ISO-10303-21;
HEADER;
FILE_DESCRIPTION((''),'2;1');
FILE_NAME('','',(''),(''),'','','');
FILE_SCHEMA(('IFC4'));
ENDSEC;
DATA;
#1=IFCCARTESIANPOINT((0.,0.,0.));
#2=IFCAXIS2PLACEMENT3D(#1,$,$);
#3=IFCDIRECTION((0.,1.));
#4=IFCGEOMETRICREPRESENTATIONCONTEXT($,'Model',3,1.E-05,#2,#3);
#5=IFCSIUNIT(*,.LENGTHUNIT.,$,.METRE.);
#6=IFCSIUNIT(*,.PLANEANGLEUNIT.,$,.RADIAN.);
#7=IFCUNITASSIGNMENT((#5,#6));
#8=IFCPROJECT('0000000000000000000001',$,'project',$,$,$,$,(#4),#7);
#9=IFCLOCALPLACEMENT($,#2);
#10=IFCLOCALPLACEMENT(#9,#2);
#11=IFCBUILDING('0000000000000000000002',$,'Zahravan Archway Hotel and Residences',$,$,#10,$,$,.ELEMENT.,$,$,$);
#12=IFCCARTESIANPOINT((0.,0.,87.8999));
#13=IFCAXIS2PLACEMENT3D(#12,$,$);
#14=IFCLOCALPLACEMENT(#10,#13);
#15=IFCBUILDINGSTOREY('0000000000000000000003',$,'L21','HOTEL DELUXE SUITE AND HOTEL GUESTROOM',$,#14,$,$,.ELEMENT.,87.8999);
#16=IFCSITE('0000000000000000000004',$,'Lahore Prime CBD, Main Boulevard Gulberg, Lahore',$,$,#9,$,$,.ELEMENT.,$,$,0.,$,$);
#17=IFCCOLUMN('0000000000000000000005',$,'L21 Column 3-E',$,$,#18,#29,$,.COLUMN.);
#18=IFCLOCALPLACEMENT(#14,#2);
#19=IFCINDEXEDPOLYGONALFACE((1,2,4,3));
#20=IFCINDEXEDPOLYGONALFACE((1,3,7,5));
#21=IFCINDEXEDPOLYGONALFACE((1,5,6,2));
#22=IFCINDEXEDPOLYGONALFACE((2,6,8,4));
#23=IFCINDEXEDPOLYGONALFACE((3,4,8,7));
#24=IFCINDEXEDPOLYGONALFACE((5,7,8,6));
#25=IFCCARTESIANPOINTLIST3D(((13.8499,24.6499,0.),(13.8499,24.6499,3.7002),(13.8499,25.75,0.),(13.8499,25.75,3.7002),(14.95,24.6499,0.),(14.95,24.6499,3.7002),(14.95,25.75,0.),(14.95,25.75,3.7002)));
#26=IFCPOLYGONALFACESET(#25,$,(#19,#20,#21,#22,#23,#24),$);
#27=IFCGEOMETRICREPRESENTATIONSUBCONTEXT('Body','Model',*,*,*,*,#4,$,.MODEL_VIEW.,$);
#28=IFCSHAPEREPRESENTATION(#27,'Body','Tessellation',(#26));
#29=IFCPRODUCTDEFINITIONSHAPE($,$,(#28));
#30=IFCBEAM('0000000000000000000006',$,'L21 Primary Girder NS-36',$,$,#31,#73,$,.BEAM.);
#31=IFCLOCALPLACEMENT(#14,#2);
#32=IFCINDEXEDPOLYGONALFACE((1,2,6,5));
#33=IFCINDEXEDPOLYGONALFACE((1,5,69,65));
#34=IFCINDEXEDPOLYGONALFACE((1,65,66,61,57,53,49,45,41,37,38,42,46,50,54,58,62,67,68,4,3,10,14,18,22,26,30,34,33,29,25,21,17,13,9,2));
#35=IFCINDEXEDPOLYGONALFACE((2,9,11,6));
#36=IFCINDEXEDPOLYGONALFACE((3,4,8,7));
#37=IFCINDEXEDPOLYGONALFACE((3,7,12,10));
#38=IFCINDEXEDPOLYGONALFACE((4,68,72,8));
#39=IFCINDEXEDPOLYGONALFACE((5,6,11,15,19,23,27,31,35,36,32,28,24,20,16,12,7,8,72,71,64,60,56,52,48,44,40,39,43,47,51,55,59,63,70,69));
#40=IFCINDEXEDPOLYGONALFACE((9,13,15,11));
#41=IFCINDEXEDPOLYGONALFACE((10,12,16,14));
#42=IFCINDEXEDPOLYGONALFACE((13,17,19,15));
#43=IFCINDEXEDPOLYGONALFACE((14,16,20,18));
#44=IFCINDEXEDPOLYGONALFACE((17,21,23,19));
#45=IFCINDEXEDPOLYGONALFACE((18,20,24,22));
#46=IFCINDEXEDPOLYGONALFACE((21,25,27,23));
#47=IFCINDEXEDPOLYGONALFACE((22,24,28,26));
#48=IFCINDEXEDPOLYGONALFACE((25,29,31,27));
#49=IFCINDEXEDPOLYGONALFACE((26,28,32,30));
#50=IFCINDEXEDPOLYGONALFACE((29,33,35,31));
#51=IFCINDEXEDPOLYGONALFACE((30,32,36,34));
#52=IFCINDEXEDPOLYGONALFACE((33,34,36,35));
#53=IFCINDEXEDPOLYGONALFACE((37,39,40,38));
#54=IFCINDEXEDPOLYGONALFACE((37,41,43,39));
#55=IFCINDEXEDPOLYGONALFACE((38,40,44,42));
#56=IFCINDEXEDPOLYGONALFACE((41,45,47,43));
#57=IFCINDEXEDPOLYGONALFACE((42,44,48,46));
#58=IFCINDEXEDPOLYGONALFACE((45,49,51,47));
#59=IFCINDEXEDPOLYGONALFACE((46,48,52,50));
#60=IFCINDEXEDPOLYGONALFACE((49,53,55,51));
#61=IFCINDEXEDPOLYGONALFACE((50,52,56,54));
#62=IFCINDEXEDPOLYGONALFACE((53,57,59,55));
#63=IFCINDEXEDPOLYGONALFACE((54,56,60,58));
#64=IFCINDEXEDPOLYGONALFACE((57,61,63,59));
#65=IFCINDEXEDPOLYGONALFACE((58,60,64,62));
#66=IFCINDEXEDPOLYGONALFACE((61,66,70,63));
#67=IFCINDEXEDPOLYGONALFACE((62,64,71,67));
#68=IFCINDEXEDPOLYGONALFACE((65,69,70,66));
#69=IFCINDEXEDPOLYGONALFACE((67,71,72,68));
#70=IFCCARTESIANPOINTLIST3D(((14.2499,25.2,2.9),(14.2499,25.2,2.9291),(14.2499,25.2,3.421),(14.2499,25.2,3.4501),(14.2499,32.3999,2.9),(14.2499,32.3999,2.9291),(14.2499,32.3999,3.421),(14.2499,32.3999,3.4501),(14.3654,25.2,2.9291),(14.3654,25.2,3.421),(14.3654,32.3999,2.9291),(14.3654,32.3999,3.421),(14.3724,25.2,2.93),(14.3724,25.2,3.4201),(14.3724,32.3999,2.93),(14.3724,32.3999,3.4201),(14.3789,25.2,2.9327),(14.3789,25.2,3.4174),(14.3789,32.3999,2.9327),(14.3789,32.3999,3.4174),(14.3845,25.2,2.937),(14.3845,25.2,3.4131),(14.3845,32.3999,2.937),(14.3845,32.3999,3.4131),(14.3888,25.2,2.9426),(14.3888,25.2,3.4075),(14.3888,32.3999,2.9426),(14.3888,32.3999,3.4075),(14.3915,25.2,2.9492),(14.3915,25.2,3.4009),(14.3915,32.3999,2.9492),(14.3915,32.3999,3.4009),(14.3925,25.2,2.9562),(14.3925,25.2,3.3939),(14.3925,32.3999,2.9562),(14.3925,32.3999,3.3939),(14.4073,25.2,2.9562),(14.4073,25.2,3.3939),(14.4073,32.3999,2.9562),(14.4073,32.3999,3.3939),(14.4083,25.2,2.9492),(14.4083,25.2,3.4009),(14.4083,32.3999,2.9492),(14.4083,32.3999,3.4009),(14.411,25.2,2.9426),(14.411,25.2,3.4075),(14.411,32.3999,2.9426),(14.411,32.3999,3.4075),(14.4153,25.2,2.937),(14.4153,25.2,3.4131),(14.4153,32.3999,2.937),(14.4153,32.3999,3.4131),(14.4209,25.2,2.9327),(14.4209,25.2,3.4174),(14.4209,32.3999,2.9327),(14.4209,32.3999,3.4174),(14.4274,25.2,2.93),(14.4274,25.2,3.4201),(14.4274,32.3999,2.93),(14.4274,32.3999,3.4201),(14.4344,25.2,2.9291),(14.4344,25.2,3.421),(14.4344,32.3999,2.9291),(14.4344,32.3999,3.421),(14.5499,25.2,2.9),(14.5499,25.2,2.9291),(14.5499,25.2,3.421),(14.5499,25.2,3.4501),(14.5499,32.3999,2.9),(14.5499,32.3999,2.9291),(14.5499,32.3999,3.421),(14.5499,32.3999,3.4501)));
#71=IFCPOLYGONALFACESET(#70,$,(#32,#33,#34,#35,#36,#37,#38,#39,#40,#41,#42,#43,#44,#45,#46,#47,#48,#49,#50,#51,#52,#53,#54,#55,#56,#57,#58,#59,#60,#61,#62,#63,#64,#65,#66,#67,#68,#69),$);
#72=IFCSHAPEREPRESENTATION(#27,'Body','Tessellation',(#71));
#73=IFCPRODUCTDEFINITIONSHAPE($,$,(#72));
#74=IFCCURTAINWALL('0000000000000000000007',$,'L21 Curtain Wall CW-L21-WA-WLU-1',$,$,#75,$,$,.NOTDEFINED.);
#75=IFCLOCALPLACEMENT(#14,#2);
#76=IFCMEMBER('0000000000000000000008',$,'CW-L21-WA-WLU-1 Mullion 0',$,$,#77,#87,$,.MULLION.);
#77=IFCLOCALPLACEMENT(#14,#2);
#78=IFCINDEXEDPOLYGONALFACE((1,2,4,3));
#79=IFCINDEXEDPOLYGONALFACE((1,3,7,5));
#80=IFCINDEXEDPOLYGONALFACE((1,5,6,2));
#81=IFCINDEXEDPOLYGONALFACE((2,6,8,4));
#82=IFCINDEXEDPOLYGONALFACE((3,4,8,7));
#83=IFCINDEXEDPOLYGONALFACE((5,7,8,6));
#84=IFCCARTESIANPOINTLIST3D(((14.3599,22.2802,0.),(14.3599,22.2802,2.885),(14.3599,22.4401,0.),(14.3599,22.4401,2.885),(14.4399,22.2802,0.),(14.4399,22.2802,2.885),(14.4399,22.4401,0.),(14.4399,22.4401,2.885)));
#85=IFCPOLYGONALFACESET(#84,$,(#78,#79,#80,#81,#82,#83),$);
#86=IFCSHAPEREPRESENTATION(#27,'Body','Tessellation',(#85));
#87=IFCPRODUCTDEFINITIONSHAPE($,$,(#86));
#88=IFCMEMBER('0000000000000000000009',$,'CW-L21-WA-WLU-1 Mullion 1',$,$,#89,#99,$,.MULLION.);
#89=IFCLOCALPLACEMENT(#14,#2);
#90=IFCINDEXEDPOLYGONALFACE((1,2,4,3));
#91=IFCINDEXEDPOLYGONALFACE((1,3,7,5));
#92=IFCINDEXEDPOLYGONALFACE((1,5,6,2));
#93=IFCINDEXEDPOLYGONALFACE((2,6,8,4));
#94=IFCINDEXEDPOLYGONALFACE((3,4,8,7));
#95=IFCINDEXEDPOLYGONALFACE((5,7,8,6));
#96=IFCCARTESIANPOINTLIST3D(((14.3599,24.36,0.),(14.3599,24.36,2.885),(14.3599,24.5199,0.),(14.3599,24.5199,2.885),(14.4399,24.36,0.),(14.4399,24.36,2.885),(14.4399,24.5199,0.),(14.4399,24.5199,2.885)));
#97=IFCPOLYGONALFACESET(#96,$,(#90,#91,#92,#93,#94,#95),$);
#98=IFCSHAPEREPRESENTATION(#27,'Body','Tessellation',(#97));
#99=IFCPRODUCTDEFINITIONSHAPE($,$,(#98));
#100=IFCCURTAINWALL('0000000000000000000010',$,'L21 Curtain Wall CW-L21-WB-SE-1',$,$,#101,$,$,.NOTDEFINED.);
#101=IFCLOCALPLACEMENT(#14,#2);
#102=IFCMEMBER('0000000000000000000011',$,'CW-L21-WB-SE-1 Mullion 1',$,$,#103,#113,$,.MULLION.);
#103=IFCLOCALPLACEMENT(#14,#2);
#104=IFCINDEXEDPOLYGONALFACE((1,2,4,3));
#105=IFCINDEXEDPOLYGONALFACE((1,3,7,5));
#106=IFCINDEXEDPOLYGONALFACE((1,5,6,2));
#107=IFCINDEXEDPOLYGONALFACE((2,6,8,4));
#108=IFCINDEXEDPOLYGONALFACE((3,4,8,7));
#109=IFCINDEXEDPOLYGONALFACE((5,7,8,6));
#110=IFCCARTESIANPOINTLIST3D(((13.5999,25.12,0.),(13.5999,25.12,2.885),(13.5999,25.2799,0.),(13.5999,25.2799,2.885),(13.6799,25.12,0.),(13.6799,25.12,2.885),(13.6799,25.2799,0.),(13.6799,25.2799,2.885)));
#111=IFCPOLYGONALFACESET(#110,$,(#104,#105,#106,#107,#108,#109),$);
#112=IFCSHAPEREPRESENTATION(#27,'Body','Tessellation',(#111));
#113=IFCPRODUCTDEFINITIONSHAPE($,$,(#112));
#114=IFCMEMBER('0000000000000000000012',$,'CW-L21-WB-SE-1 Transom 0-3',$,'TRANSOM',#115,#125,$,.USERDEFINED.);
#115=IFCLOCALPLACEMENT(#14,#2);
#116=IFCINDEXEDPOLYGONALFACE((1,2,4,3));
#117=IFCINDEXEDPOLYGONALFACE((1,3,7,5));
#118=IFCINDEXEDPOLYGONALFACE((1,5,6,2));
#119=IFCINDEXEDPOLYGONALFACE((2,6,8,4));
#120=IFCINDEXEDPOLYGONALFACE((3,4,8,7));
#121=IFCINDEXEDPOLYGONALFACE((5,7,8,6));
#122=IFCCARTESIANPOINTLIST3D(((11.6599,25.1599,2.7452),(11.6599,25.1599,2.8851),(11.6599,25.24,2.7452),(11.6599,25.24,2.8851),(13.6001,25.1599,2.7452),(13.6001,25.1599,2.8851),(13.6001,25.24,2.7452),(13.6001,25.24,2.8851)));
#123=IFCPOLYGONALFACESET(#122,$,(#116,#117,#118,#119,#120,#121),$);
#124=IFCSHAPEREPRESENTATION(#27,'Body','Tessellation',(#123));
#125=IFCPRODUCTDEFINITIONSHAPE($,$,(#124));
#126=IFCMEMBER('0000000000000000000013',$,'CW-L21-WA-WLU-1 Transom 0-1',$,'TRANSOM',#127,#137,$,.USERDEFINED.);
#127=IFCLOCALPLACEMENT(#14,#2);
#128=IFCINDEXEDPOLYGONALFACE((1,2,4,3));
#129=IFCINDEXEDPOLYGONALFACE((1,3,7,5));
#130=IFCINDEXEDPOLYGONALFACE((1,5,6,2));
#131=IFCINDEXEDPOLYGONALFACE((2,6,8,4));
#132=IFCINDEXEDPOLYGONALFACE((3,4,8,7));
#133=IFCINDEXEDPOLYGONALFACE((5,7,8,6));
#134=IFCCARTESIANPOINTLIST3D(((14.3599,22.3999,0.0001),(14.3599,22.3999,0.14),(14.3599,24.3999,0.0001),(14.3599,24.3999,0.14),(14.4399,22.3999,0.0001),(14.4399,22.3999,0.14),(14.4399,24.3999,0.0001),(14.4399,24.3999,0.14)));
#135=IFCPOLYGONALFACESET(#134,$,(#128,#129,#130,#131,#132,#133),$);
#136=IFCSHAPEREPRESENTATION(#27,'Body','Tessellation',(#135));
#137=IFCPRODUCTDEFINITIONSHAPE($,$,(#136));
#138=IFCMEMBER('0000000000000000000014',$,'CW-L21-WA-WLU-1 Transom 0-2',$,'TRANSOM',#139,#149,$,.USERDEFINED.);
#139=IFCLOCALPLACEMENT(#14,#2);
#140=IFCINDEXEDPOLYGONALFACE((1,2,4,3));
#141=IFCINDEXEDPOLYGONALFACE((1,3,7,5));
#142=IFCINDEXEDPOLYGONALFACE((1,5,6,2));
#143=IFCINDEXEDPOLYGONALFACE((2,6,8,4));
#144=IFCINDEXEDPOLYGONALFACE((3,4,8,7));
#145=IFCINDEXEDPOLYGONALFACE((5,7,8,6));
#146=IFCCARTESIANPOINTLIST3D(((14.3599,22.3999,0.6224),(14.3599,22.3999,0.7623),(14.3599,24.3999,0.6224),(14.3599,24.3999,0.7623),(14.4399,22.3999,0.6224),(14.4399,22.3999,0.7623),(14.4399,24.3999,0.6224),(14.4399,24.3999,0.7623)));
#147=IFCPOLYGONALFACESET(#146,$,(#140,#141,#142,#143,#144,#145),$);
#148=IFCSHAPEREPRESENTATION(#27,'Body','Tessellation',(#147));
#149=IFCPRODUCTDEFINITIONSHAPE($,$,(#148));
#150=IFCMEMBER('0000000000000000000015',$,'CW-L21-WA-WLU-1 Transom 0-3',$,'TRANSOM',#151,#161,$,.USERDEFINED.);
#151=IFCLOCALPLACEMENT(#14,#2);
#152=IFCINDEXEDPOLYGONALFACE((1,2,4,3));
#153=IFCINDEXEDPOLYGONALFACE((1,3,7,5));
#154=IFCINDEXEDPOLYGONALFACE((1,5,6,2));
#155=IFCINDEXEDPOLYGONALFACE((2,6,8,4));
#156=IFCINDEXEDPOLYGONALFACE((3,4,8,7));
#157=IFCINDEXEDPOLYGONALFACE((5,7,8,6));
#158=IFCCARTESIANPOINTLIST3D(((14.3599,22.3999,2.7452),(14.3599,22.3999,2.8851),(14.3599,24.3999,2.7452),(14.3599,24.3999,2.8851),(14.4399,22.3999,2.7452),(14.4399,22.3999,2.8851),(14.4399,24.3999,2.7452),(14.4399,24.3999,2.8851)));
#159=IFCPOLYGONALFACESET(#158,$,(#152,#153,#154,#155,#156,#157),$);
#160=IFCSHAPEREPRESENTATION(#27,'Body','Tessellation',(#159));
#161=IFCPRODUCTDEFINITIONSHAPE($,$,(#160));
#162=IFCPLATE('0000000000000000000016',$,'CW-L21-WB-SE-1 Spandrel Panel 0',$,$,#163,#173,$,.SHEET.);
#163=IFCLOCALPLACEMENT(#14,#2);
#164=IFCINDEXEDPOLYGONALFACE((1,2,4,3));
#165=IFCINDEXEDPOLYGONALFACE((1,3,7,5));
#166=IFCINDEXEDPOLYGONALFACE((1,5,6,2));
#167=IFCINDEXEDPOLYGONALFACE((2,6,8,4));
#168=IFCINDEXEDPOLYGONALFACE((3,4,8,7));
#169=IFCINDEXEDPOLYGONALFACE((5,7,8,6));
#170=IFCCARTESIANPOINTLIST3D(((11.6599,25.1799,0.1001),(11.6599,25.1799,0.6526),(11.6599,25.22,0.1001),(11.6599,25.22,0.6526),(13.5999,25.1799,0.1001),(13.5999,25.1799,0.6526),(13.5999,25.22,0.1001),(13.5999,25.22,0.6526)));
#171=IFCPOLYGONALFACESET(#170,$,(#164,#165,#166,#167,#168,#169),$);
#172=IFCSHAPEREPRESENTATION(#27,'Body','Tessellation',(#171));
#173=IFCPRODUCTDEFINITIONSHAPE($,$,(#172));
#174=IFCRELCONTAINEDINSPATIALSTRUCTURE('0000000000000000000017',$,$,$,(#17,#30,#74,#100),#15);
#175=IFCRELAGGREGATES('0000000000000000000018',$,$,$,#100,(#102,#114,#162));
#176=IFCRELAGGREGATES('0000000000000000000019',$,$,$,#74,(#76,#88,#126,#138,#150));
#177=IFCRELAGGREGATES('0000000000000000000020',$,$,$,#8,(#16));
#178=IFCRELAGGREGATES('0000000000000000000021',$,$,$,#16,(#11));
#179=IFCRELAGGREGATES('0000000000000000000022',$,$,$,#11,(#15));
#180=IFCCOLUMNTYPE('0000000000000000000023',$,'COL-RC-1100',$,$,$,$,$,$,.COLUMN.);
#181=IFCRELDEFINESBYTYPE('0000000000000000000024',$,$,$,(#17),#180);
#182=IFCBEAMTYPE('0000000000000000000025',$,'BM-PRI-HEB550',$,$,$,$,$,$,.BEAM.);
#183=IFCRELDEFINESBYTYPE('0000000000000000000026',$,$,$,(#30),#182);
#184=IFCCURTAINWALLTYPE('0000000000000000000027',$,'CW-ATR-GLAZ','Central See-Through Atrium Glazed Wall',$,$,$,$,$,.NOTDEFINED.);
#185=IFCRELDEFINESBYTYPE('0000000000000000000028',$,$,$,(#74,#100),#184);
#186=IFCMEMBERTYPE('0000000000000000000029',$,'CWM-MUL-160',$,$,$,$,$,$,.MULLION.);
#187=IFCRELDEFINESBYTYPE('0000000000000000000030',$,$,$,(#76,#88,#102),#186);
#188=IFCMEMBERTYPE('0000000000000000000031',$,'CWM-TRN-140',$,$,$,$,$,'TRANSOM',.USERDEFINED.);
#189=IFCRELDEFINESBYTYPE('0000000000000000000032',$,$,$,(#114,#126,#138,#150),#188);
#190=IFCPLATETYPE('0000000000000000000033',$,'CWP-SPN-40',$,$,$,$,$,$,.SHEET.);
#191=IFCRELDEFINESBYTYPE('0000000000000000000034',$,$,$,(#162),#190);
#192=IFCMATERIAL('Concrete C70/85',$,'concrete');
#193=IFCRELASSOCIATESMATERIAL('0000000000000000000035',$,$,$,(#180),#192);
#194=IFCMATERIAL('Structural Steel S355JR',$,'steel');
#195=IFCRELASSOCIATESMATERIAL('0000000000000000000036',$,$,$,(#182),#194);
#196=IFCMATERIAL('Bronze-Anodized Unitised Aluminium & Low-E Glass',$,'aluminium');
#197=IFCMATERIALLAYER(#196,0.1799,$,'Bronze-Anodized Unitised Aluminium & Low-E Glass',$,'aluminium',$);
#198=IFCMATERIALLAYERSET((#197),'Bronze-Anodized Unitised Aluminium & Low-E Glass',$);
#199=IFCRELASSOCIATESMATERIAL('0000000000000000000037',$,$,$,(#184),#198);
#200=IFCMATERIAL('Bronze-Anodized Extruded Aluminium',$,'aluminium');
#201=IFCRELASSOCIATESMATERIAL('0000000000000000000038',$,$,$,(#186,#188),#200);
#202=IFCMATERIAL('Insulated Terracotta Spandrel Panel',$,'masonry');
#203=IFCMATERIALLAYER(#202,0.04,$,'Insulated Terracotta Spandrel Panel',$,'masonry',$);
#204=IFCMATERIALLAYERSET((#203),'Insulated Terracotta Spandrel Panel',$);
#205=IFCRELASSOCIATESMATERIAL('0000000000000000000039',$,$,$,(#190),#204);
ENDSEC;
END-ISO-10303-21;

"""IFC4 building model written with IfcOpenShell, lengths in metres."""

from ifc_helpers import new_model, si_unit, direction, frame, origin, origin_2d, place, context, subcontext, project, spatial, rectangle, i_section, extrude, source, transform, mapped, material, layer, layer_set, material_profile, profile_set, type_object, element, aggregate, save


model = new_model("IFC4")

# Units and contexts
model_context = context("Model", 3, precision=1e-05, world=origin(), true_north=direction((0.0, 1.0)))
body_context = subcontext(model_context, "Body", "Model", "MODEL_VIEW")
ifc_project = project(units=[si_unit("LENGTHUNIT", "METRE"), si_unit("PLANEANGLEUNIT", "RADIAN")], contexts=[model_context])

# Site, building, storey
site_placement = place(None, origin())
site = spatial("IfcSite", under=ifc_project, at=site_placement, Name="Lahore Prime CBD, Main Boulevard Gulberg, Lahore", CompositionType="ELEMENT", RefElevation=0.0)
building_placement = place(site_placement, origin())
building = spatial("IfcBuilding", under=site, at=building_placement, Name="Zahravan Archway Hotel and Residences", CompositionType="ELEMENT")
storey_placement = place(building_placement, frame((0.0, 0.0, 87.8999)))
storey = spatial("IfcBuildingStorey", under=building, at=storey_placement, Name="L21", Description="HOTEL DELUXE SUITE AND HOTEL GUESTROOM", CompositionType="ELEMENT", Elevation=87.8999)

# Column
ifc_material_1 = material(Name="Concrete C70/85", Category="concrete")
ifc_material_profile_1 = material_profile(ifc_material_1, rectangle(XDim=1.1001, YDim=1.1001, at=origin_2d()), Name="RC 1100x1100", Category="concrete")
ifc_profile_set_1 = profile_set([ifc_material_profile_1], Name="Concrete C70/85")
column_type = type_object("IfcColumnType", Name="COL-RC-1100", PredefinedType="COLUMN", material=ifc_profile_set_1)
shared_shape_1 = source(origin(), body_context, "Body", "SweptSolid", [
    extrude(rectangle(XDim=1.1001, YDim=1.1001, at=origin_2d()), origin(), (0.0, 0.0, 1.0), 3.7002),
])
column_placement = place(storey_placement, frame((14.3999, 25.2, 0.0), z_axis=(0.0, 0.0, 1.0), x_axis=(1.0, 0.0, 0.0)))
element("IfcColumn", 1, at=column_placement, inside=storey, type_object=column_type, Name="L21 Column 3-E", PredefinedType="COLUMN", context=body_context, shape_type="MappedRepresentation", body=[
    mapped(shared_shape_1, transform((0.0, 0.0, 0.0), scale=1.0)),
])

# Beam
ifc_material_2 = material(Name="Structural Steel S355JR", Category="steel")
ifc_material_profile_2 = material_profile(ifc_material_2, i_section(OverallWidth=0.3, OverallDepth=0.55, WebThickness=0.0149, FlangeThickness=0.0291, FilletRadius=0.0271, at=origin_2d()), Name="HEB 550", Category="steel")
ifc_profile_set_2 = profile_set([ifc_material_profile_2], Name="Structural Steel S355JR")
beam_type = type_object("IfcBeamType", Name="BM-PRI-HEB550", PredefinedType="BEAM", material=ifc_profile_set_2)
shared_shape_2 = source(origin(), body_context, "Body", "SweptSolid", [
    extrude(i_section(OverallWidth=0.3, OverallDepth=0.55, WebThickness=0.0149, FlangeThickness=0.0291, FilletRadius=0.0271, at=origin_2d()), origin(), (0.0, 0.0, 1.0), 7.2),
])
beam_placement = place(storey_placement, frame((14.3999, 25.2, 3.175), z_axis=(0.0, 1.0, 0.0), x_axis=(-1.0, 0.0, 0.0)))
element("IfcBeam", 2, at=beam_placement, inside=storey, type_object=beam_type, Name="L21 Primary Girder NS-36", PredefinedType="BEAM", context=body_context, shape_type="MappedRepresentation", body=[
    mapped(shared_shape_2, transform((0.0, 0.0, 0.0), scale=1.0)),
])

# Curtain walls, members
ifc_material_3 = material(Name="Bronze-Anodized Unitised Aluminium & Low-E Glass", Category="aluminium")
ifc_layer_1 = layer(ifc_material_3, 0.1799, Name="Bronze-Anodized Unitised Aluminium & Low-E Glass", Category="aluminium")
ifc_layer_set_1 = layer_set([ifc_layer_1], Name="Bronze-Anodized Unitised Aluminium & Low-E Glass")
curtain_wall_type = type_object("IfcCurtainWallType", Name="CW-ATR-GLAZ", Description="Central See-Through Atrium Glazed Wall", PredefinedType="NOTDEFINED", material=ifc_layer_set_1)
curtain_wall_1_placement = place(storey_placement, origin())
curtain_wall_1 = element("IfcCurtainWall", 3, at=curtain_wall_1_placement, inside=storey, type_object=curtain_wall_type, Name="L21 Curtain Wall CW-L21-WA-WLU-1", PredefinedType="NOTDEFINED")
ifc_material_4 = material(Name="Bronze-Anodized Extruded Aluminium", Category="aluminium")
ifc_material_profile_3 = material_profile(ifc_material_4, rectangle(XDim=0.0801, YDim=0.1599, at=origin_2d()), Name="MUL 80x160", Category="aluminium")
ifc_profile_set_3 = profile_set([ifc_material_profile_3], Name="Bronze-Anodized Extruded Aluminium")
member_type_1 = type_object("IfcMemberType", Name="CWM-MUL-160", PredefinedType="MULLION", material=ifc_profile_set_3)
shared_shape_3 = source(origin(), body_context, "Body", "SweptSolid", [
    extrude(rectangle(XDim=0.0801, YDim=0.1599, at=origin_2d()), origin(), (0.0, 0.0, 1.0), 2.885),
])
member_1_placement = place(storey_placement, frame((14.3999, 22.3601, 0.0), z_axis=(0.0, 0.0, 1.0), x_axis=(1.0, 0.0, 0.0)))
member_1 = element("IfcMember", 4, at=member_1_placement, type_object=member_type_1, Name="CW-L21-WA-WLU-1 Mullion 0", PredefinedType="MULLION", context=body_context, shape_type="MappedRepresentation", body=[
    mapped(shared_shape_3, transform((0.0, 0.0, 0.0), scale=1.0)),
])
member_2_placement = place(storey_placement, frame((14.3999, 24.4399, 0.0), z_axis=(0.0, 0.0, 1.0), x_axis=(1.0, 0.0, 0.0)))
member_2 = element("IfcMember", 5, at=member_2_placement, type_object=member_type_1, Name="CW-L21-WA-WLU-1 Mullion 1", PredefinedType="MULLION", context=body_context, shape_type="MappedRepresentation", body=[
    mapped(shared_shape_3, transform((0.0, 0.0, 0.0), scale=1.0)),
])
curtain_wall_2_placement = place(storey_placement, origin())
curtain_wall_2 = element("IfcCurtainWall", 6, at=curtain_wall_2_placement, inside=storey, type_object=curtain_wall_type, Name="L21 Curtain Wall CW-L21-WB-SE-1", PredefinedType="NOTDEFINED")
member_3_placement = place(storey_placement, frame((13.6399, 25.2, 0.0), z_axis=(0.0, 0.0, 1.0), x_axis=(1.0, 0.0, 0.0)))
member_3 = element("IfcMember", 7, at=member_3_placement, type_object=member_type_1, Name="CW-L21-WB-SE-1 Mullion 1", PredefinedType="MULLION", context=body_context, shape_type="MappedRepresentation", body=[
    mapped(shared_shape_3, transform((0.0, 0.0, 0.0), scale=1.0)),
])
ifc_material_profile_4 = material_profile(ifc_material_4, rectangle(XDim=0.0801, YDim=0.1399, at=origin_2d()), Name="TRN 80x140", Category="aluminium")
ifc_profile_set_4 = profile_set([ifc_material_profile_4], Name="Bronze-Anodized Extruded Aluminium")
member_type_2 = type_object("IfcMemberType", Name="CWM-TRN-140", ElementType="TRANSOM", PredefinedType="USERDEFINED", material=ifc_profile_set_4)
shared_shape_4 = source(origin(), body_context, "Body", "SweptSolid", [
    extrude(rectangle(XDim=0.0801, YDim=0.1399, at=origin_2d()), origin(), (0.0, 0.0, 1.0), 1.9402),
])
member_4_placement = place(storey_placement, frame((11.6599, 25.2, 2.8152), z_axis=(1.0, 0.0, 0.0), x_axis=(0.0, 1.0, 0.0)))
member_4 = element("IfcMember", 8, at=member_4_placement, type_object=member_type_2, Name="CW-L21-WB-SE-1 Transom 0-3", ObjectType="TRANSOM", PredefinedType="USERDEFINED", context=body_context, shape_type="MappedRepresentation", body=[
    mapped(shared_shape_4, transform((0.0, 0.0, 0.0), scale=1.0)),
])

# Members
shared_shape_5 = source(origin(), body_context, "Body", "SweptSolid", [
    extrude(rectangle(XDim=0.0801, YDim=0.1399, at=origin_2d()), origin(), (0.0, 0.0, 1.0), 2.0),
])
member_5_placement = place(storey_placement, frame((14.3999, 22.3999, 0.0701), z_axis=(0.0, 1.0, 0.0), x_axis=(-1.0, 0.0, 0.0)))
member_5 = element("IfcMember", 9, at=member_5_placement, type_object=member_type_2, Name="CW-L21-WA-WLU-1 Transom 0-1", ObjectType="TRANSOM", PredefinedType="USERDEFINED", context=body_context, shape_type="MappedRepresentation", body=[
    mapped(shared_shape_5, transform((0.0, 0.0, 0.0), scale=1.0)),
])
member_6_placement = place(storey_placement, frame((14.3999, 22.3999, 0.6924), z_axis=(0.0, 1.0, 0.0), x_axis=(-1.0, 0.0, 0.0)))
member_6 = element("IfcMember", 10, at=member_6_placement, type_object=member_type_2, Name="CW-L21-WA-WLU-1 Transom 0-2", ObjectType="TRANSOM", PredefinedType="USERDEFINED", context=body_context, shape_type="MappedRepresentation", body=[
    mapped(shared_shape_5, transform((0.0, 0.0, 0.0), scale=1.0)),
])
member_7_placement = place(storey_placement, frame((14.3999, 22.3999, 2.8152), z_axis=(0.0, 1.0, 0.0), x_axis=(-1.0, 0.0, 0.0)))
member_7 = element("IfcMember", 11, at=member_7_placement, type_object=member_type_2, Name="CW-L21-WA-WLU-1 Transom 0-3", ObjectType="TRANSOM", PredefinedType="USERDEFINED", context=body_context, shape_type="MappedRepresentation", body=[
    mapped(shared_shape_5, transform((0.0, 0.0, 0.0), scale=1.0)),
])

# Plate
ifc_material_5 = material(Name="Insulated Terracotta Spandrel Panel", Category="masonry")
ifc_layer_2 = layer(ifc_material_5, 0.04, Name="Insulated Terracotta Spandrel Panel", Category="masonry")
ifc_layer_set_2 = layer_set([ifc_layer_2], Name="Insulated Terracotta Spandrel Panel")
plate_type_1 = type_object("IfcPlateType", Name="CWP-SPN-40", PredefinedType="SHEET", material=ifc_layer_set_2)
shared_shape_6 = source(origin(), body_context, "Body", "SweptSolid", [
    extrude(rectangle(XDim=1.9399, YDim=0.04, at=origin_2d()), origin(), (0.0, 0.0, 1.0), 0.5525),
])
plate_1_placement = place(storey_placement, frame((12.6299, 25.2, 0.1001), z_axis=(0.0, 0.0, 1.0), x_axis=(1.0, 0.0, 0.0)))
plate_1 = element("IfcPlate", 12, at=plate_1_placement, type_object=plate_type_1, Name="CW-L21-WB-SE-1 Spandrel Panel 0", PredefinedType="SHEET", context=body_context, shape_type="MappedRepresentation", body=[
    mapped(shared_shape_6, transform((0.0, 0.0, 0.0), scale=1.0)),
])
aggregate(curtain_wall_2, [member_3, member_4, plate_1])
aggregate(curtain_wall_1, [member_1, member_2, member_5, member_6, member_7])

save(model, "model.ifc")
